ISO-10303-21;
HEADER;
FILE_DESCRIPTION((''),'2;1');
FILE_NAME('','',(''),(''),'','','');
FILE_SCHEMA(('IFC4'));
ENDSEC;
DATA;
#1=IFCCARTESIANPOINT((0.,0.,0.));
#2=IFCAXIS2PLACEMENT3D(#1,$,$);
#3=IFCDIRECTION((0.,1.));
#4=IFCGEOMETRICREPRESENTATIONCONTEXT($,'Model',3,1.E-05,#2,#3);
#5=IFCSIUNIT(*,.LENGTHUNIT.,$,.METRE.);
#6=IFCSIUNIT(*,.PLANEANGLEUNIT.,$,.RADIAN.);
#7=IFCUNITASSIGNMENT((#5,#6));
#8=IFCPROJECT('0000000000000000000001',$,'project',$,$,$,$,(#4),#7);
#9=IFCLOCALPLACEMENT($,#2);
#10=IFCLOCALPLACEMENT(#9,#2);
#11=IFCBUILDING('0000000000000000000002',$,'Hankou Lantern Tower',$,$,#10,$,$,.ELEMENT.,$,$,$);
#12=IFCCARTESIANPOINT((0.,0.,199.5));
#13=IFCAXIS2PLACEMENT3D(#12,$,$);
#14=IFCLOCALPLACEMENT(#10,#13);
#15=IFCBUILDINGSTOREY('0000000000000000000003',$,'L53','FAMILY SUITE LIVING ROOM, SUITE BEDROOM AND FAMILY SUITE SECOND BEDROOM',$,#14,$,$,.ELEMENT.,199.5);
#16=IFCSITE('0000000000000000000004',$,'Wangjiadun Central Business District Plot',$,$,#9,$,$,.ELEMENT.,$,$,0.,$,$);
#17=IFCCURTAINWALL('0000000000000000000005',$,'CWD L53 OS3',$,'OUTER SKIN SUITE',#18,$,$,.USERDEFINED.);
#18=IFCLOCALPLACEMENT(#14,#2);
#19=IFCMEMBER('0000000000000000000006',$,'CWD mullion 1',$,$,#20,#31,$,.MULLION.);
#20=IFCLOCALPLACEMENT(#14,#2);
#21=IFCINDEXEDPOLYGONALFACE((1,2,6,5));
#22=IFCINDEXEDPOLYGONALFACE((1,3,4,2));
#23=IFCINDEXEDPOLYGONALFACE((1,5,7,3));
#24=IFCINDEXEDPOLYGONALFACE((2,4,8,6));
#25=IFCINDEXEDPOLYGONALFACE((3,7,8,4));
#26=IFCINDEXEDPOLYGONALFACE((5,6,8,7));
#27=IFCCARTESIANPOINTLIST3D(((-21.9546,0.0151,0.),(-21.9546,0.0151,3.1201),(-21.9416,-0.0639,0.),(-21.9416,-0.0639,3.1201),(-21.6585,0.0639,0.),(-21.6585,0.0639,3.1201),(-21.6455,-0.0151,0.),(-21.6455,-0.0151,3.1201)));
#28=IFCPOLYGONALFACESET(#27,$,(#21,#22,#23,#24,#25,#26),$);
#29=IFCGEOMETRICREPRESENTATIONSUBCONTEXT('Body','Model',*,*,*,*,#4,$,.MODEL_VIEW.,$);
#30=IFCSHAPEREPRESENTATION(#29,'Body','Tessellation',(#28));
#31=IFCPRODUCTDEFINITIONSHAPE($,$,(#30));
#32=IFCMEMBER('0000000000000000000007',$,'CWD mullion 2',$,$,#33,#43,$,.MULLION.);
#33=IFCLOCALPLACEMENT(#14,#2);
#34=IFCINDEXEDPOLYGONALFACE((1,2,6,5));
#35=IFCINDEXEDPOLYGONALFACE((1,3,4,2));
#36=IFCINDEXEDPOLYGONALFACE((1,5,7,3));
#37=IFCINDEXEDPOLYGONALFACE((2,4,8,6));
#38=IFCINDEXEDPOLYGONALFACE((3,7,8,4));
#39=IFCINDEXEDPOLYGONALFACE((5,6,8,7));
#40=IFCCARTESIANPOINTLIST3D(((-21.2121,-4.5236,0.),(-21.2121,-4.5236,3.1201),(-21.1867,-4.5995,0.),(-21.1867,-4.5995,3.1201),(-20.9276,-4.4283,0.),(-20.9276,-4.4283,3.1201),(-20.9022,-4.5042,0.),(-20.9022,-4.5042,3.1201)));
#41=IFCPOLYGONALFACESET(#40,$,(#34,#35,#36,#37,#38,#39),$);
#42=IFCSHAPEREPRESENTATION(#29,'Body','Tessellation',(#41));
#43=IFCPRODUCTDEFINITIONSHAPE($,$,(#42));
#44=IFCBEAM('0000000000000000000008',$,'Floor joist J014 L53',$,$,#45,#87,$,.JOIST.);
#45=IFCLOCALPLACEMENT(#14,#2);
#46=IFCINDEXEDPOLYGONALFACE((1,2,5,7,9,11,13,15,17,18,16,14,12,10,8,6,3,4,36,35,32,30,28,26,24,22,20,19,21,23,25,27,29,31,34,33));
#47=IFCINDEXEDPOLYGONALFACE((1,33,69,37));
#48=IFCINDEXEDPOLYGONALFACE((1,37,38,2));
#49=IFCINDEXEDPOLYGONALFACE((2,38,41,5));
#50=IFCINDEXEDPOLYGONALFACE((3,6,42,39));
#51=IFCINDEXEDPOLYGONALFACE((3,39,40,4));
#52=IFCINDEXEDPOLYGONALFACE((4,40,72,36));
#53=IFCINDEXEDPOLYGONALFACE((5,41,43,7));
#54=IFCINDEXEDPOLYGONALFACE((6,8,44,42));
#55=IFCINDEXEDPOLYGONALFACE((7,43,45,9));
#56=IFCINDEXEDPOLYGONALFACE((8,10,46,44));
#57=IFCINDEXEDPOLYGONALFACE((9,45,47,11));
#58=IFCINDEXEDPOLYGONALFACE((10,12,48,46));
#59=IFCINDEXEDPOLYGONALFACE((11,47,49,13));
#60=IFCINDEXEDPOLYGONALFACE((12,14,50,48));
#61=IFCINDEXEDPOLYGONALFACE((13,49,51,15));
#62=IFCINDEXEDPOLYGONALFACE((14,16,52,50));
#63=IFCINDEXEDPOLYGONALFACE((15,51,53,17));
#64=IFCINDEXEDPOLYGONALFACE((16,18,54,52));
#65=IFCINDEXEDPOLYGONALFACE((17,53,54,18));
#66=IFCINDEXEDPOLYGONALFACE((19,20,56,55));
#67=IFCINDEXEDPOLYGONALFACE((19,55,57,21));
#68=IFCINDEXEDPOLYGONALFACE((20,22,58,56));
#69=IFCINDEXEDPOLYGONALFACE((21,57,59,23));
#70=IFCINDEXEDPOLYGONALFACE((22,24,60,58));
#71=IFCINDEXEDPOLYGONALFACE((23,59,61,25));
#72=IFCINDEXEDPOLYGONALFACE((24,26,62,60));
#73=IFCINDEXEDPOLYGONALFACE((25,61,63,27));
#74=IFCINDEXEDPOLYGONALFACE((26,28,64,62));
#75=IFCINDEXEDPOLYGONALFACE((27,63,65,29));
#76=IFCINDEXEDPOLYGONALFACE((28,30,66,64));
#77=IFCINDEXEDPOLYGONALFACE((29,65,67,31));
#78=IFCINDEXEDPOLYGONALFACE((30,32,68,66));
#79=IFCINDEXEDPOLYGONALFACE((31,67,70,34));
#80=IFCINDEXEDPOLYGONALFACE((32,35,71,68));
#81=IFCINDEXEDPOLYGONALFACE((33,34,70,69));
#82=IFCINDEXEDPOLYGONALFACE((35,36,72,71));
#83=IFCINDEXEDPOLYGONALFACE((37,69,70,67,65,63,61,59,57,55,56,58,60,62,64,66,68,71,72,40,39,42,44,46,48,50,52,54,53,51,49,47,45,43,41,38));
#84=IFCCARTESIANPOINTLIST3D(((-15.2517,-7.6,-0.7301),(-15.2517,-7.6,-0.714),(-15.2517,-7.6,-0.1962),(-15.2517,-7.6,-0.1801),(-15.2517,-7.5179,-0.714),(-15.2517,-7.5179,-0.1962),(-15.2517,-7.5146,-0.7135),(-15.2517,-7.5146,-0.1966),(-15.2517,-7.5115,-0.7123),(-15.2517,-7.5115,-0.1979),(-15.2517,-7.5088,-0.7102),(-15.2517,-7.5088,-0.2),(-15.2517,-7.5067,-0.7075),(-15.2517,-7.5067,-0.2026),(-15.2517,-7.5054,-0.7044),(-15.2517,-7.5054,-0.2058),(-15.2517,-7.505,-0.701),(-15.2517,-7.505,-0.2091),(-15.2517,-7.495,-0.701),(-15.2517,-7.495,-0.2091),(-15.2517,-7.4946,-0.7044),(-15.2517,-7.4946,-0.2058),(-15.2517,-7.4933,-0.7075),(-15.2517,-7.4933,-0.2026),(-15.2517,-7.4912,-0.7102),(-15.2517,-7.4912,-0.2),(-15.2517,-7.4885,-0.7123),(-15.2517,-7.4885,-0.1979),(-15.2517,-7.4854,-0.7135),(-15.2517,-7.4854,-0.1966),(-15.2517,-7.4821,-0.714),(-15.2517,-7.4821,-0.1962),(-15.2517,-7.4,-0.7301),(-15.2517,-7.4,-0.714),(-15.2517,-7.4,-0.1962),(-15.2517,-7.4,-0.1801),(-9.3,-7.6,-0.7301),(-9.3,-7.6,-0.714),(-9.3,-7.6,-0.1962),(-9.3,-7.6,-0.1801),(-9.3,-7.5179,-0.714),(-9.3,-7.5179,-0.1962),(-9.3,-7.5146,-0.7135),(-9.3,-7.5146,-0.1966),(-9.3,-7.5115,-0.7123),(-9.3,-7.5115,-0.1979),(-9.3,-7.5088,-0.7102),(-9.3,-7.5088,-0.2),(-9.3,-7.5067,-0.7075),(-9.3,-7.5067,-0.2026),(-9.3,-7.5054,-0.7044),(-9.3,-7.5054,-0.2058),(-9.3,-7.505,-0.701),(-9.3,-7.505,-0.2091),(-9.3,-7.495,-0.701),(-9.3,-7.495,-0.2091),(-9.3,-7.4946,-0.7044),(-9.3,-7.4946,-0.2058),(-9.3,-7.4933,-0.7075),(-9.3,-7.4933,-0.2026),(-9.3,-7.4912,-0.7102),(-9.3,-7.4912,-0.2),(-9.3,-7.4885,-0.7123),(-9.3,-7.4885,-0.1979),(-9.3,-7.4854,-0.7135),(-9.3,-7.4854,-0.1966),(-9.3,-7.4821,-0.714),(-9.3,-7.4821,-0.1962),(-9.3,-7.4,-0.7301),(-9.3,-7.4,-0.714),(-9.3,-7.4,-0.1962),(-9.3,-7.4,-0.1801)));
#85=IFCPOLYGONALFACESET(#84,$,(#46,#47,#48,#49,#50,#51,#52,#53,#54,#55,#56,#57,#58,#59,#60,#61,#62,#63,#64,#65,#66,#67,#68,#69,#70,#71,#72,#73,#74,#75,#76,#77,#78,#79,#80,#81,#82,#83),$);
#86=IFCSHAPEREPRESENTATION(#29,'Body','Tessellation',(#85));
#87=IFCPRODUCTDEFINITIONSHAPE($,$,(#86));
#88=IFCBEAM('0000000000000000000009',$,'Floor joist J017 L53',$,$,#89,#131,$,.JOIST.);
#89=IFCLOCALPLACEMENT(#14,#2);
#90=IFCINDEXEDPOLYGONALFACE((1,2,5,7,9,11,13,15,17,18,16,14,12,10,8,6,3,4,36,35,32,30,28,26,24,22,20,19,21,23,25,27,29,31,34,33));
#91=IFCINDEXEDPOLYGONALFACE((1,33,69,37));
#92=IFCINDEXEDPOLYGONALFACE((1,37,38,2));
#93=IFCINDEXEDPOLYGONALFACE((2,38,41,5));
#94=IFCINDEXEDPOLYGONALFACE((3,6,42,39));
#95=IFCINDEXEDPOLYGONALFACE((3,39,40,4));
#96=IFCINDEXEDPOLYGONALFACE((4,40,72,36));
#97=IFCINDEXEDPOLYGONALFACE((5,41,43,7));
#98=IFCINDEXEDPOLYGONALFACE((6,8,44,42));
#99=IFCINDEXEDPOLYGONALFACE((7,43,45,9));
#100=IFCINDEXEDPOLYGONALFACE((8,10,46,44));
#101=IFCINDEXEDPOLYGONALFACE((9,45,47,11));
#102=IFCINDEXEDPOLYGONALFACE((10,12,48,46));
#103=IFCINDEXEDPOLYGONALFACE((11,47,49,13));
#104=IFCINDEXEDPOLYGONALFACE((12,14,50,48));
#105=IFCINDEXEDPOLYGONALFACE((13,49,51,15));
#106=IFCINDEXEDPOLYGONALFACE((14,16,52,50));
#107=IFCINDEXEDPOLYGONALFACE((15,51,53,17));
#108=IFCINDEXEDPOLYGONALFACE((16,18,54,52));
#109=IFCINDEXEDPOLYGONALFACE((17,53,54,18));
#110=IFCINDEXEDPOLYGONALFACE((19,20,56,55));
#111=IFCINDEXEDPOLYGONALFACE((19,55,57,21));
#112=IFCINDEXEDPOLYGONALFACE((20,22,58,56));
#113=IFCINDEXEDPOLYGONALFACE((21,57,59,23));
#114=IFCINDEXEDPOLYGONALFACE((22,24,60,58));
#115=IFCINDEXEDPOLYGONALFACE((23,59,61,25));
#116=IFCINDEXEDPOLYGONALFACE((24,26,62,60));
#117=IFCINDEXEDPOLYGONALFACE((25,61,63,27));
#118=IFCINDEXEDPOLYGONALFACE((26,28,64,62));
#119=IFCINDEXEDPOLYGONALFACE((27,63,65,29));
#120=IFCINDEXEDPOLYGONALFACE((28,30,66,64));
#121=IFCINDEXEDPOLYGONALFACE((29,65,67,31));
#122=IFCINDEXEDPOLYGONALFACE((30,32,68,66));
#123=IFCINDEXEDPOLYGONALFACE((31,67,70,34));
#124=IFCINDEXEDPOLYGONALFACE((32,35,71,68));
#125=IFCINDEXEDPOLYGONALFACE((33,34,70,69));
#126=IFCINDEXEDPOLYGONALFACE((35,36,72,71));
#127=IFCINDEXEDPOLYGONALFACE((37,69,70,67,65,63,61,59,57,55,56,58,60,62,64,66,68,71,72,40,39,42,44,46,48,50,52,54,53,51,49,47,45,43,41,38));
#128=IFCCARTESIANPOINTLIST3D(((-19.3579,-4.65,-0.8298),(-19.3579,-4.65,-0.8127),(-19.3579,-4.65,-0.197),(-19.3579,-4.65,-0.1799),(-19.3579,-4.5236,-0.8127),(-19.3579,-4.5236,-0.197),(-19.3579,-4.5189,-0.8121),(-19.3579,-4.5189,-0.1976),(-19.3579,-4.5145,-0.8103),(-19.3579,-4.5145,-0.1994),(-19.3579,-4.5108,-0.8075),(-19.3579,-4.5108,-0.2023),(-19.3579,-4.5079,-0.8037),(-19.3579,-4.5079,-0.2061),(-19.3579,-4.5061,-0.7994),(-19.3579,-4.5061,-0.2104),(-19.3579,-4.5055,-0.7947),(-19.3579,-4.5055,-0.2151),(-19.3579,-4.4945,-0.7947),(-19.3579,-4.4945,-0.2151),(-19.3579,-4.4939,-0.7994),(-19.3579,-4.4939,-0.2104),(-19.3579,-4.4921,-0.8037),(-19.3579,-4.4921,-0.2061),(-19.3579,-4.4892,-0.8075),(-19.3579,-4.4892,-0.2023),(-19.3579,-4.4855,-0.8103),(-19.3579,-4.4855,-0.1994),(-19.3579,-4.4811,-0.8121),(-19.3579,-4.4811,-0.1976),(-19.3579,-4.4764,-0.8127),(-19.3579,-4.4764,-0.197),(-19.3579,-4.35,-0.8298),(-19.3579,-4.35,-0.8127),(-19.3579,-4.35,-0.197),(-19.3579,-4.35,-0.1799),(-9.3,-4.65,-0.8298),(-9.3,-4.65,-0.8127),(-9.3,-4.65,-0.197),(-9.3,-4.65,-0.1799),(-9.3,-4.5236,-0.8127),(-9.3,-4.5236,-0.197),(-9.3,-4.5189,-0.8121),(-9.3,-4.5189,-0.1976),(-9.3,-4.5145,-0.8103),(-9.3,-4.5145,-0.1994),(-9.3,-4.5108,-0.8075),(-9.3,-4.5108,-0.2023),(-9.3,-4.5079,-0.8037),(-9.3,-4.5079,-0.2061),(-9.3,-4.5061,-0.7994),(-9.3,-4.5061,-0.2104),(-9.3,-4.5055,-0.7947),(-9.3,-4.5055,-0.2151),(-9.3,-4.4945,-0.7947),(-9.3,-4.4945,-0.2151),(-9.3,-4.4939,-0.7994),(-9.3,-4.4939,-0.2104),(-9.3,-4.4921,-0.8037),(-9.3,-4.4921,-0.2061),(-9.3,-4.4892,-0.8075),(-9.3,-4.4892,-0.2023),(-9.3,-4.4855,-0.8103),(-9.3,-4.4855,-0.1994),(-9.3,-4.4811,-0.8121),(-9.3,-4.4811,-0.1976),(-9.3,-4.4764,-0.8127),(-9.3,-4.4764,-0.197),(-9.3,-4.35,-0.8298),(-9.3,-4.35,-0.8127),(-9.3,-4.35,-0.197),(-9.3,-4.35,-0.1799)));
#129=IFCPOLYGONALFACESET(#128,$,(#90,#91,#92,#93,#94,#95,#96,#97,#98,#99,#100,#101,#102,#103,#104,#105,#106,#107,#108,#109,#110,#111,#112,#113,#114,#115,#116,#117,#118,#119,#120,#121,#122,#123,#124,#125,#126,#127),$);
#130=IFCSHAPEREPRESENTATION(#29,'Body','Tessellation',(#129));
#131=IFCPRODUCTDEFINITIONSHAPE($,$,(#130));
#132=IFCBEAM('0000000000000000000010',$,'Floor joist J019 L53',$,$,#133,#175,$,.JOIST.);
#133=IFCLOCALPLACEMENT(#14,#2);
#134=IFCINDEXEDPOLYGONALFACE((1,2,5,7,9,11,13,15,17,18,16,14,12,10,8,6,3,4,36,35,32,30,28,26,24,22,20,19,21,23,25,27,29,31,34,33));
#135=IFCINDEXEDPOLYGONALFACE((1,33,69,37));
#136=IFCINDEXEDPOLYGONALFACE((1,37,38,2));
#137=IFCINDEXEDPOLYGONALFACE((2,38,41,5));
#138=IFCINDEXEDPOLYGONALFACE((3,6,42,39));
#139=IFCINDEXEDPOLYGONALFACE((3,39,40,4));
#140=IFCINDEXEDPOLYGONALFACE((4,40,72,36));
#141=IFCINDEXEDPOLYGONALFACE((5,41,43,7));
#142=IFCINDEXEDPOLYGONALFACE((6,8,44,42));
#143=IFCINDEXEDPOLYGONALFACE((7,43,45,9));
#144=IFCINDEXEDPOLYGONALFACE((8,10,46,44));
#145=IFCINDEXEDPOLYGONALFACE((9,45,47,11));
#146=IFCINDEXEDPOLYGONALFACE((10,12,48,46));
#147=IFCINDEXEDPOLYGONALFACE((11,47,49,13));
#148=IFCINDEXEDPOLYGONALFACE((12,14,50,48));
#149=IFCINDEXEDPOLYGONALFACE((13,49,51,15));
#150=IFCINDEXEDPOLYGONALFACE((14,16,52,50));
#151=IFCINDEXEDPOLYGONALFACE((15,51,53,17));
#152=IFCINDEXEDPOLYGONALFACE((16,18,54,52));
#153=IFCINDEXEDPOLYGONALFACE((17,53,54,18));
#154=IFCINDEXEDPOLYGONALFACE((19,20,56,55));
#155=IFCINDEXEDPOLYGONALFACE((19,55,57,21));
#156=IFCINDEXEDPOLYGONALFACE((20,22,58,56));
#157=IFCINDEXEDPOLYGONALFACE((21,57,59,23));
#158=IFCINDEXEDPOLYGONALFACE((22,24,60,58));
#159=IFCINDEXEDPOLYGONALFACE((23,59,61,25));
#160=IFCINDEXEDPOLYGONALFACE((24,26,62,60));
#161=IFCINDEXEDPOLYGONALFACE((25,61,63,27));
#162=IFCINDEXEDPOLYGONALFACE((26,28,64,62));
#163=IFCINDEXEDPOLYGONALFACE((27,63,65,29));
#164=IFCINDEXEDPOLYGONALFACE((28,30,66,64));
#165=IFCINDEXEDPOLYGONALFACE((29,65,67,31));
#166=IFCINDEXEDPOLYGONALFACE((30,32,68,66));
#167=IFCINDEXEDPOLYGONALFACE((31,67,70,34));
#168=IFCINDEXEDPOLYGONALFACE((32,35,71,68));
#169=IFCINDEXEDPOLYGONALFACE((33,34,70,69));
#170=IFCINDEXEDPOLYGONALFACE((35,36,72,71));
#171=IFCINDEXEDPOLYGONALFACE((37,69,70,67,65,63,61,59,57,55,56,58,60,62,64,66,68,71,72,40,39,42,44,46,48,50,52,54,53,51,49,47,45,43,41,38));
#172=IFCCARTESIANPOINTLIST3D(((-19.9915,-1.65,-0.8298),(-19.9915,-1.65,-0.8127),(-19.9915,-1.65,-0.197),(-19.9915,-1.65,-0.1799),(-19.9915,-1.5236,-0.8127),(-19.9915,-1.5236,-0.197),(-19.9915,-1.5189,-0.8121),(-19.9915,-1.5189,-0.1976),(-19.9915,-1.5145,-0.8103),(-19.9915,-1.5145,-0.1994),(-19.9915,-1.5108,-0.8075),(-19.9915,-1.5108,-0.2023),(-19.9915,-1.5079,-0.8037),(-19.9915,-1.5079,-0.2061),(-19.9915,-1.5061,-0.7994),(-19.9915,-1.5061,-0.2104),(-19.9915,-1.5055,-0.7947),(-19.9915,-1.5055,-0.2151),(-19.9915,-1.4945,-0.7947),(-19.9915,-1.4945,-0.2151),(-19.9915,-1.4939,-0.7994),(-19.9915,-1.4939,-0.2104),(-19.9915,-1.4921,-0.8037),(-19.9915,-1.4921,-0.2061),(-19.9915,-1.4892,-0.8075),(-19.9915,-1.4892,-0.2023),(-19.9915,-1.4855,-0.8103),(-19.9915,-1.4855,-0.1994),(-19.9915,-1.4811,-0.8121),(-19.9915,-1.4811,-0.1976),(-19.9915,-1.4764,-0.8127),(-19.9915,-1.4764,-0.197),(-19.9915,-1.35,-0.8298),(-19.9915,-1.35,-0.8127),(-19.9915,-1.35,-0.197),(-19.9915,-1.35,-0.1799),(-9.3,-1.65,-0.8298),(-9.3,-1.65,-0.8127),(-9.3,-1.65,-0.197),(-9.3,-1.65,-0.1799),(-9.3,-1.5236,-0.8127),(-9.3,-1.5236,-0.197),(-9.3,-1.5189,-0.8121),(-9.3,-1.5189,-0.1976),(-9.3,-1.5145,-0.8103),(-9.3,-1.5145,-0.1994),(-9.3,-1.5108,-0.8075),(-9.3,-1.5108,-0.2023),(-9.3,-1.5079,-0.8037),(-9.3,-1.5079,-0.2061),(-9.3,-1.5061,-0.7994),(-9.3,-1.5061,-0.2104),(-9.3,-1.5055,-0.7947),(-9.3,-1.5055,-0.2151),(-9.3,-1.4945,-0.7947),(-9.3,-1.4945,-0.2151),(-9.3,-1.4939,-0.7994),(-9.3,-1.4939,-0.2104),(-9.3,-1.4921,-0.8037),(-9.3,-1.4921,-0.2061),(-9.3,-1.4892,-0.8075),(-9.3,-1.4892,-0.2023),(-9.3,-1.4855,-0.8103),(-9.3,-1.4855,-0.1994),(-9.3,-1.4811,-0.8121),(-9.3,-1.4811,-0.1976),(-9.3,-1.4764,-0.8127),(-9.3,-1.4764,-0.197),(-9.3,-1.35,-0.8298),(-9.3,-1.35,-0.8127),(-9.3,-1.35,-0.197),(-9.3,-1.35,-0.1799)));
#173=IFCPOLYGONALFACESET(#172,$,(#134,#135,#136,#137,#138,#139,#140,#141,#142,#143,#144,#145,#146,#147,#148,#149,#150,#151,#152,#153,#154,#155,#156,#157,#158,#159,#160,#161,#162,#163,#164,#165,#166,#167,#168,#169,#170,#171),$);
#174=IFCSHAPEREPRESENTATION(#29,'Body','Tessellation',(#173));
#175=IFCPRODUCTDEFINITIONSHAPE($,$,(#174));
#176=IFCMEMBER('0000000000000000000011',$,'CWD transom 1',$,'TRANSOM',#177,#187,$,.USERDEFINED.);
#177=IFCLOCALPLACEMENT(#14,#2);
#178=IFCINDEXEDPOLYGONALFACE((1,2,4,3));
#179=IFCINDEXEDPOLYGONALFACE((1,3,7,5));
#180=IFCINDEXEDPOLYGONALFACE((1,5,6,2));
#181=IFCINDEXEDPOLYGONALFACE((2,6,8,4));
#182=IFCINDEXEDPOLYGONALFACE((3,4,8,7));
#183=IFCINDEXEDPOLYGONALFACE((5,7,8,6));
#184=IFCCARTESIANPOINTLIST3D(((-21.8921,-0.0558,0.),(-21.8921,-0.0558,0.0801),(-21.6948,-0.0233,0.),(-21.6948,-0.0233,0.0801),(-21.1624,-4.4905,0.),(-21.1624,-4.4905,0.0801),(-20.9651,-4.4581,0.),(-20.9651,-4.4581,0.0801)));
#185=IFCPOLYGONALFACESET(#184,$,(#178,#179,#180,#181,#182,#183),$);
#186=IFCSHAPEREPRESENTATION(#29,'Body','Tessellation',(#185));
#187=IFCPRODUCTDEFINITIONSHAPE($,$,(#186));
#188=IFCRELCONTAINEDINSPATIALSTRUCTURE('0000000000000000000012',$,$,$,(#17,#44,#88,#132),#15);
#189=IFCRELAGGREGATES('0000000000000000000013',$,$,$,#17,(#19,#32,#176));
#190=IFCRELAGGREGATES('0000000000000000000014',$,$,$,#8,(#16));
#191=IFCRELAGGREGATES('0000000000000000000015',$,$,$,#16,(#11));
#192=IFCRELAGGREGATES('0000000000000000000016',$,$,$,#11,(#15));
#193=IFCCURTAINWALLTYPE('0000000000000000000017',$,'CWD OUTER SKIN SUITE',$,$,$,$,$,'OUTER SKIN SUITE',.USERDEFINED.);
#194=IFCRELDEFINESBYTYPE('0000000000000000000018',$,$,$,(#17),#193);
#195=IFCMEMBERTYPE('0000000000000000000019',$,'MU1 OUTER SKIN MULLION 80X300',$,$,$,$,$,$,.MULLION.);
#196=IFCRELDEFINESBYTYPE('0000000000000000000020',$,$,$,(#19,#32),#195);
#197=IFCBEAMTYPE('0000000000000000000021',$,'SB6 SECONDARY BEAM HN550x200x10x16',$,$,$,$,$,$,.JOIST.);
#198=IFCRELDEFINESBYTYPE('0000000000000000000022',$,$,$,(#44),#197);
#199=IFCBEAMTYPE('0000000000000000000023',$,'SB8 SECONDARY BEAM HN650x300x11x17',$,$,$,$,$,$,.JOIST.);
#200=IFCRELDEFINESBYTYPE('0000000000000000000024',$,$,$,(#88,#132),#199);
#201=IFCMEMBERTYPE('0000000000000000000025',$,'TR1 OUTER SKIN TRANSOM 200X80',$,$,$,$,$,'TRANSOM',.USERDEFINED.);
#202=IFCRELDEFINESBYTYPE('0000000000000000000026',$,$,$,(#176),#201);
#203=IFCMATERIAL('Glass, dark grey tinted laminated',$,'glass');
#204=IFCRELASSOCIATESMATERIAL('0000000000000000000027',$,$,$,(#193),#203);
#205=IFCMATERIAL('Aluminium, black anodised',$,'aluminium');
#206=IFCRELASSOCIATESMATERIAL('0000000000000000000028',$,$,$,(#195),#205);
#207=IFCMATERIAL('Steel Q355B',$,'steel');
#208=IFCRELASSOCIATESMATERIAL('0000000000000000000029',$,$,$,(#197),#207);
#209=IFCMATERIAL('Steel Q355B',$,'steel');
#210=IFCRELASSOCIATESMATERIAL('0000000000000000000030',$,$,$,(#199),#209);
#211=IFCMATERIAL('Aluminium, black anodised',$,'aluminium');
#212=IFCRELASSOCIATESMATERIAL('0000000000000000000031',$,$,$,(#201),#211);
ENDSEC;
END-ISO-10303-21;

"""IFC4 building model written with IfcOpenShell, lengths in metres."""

from ifc_helpers import new_model, si_unit, direction, frame, origin, origin_2d, place, context, subcontext, project, spatial, rectangle, i_section, extrude, material, material_profile, profile_set, type_object, element, aggregate, save


model = new_model("IFC4")

# Units and contexts
model_context = context("Model", 3, precision=1e-05, world=origin(), true_north=direction((0.0, 1.0)))
body_context = subcontext(model_context, "Body", "Model", "MODEL_VIEW")
ifc_project = project(units=[si_unit("LENGTHUNIT", "METRE"), si_unit("PLANEANGLEUNIT", "RADIAN")], contexts=[model_context])

# Site, building, storey
site_placement = place(None, origin())
site = spatial("IfcSite", under=ifc_project, at=site_placement, Name="Wangjiadun Central Business District Plot", CompositionType="ELEMENT", RefElevation=0.0)
building_placement = place(site_placement, origin())
building = spatial("IfcBuilding", under=site, at=building_placement, Name="Hankou Lantern Tower", CompositionType="ELEMENT")
storey_placement = place(building_placement, frame((0.0, 0.0, 199.5)))
storey = spatial("IfcBuildingStorey", under=building, at=storey_placement, Name="L53", Description="FAMILY SUITE LIVING ROOM, SUITE BEDROOM AND FAMILY SUITE SECOND BEDROOM", CompositionType="ELEMENT", Elevation=199.5)

# Curtain wall, members
ifc_material_1 = material(Name="Glass, dark grey tinted laminated", Category="glass")
curtain_wall_type = type_object("IfcCurtainWallType", Name="CWD OUTER SKIN SUITE", ElementType="OUTER SKIN SUITE", PredefinedType="USERDEFINED", material=ifc_material_1)
curtain_wall_placement = place(storey_placement, origin())
curtain_wall = element("IfcCurtainWall", 1, at=curtain_wall_placement, inside=storey, type_object=curtain_wall_type, Name="CWD L53 OS3", ObjectType="OUTER SKIN SUITE", PredefinedType="USERDEFINED")
ifc_material_2 = material(Name="Aluminium, black anodised", Category="aluminium")
ifc_material_profile_1 = material_profile(ifc_material_2, rectangle(XDim=0.0801, YDim=0.3, at=origin_2d()), Name="MU1 80X300")
ifc_profile_set_1 = profile_set([ifc_material_profile_1], Name="Aluminium, black anodised")
member_type_1 = type_object("IfcMemberType", Name="MU1 OUTER SKIN MULLION 80X300", PredefinedType="MULLION", material=ifc_profile_set_1)
member_1_placement = place(storey_placement, frame((-21.8, 0.0, 0.0), z_axis=(0.0, 0.0, 1.0), x_axis=(0.162382, -0.986728, 0.0)))
member_1 = element("IfcMember", 2, at=member_1_placement, type_object=member_type_1, Name="CWD mullion 1", PredefinedType="MULLION", context=body_context, shape_type="SweptSolid", body=[
    extrude(rectangle(XDim=0.0801, YDim=0.3, at=origin_2d()), origin(), (0.0, 0.0, 1.0), 3.1201),
])
member_2_placement = place(storey_placement, frame((-21.0571, -4.5139, 0.0), z_axis=(0.0, 0.0, 1.0), x_axis=(0.317596, -0.948226, 0.0)))
member_2 = element("IfcMember", 3, at=member_2_placement, type_object=member_type_1, Name="CWD mullion 2", PredefinedType="MULLION", context=body_context, shape_type="SweptSolid", body=[
    extrude(rectangle(XDim=0.0801, YDim=0.3, at=origin_2d()), origin(), (0.0, 0.0, 1.0), 3.1201),
])

# Beams
ifc_material_3 = material(Name="Steel Q355B", Category="steel")
ifc_material_profile_2 = material_profile(ifc_material_3, i_section(OverallWidth=0.2, OverallDepth=0.55, WebThickness=0.01, FlangeThickness=0.0161, FilletRadius=0.0129, at=origin_2d()), Name="HN550x200x10x16")
ifc_profile_set_2 = profile_set([ifc_material_profile_2], Name="Steel Q355B")
beam_type_1 = type_object("IfcBeamType", Name="SB6 SECONDARY BEAM HN550x200x10x16", PredefinedType="JOIST", material=ifc_profile_set_2)
beam_1_placement = place(storey_placement, frame((-15.2517, -7.5, -0.4551), z_axis=(1.0, 0.0, 0.0), x_axis=(0.0, 1.0, 0.0)))
element("IfcBeam", 4, at=beam_1_placement, inside=storey, type_object=beam_type_1, Name="Floor joist J014 L53", PredefinedType="JOIST", context=body_context, shape_type="SweptSolid", body=[
    extrude(i_section(OverallWidth=0.2, OverallDepth=0.55, WebThickness=0.01, FlangeThickness=0.0161, FilletRadius=0.0129, at=origin_2d()), origin(), (0.0, 0.0, 1.0), 5.9517),
])
ifc_material_4 = material(Name="Steel Q355B", Category="steel")
ifc_material_profile_3 = material_profile(ifc_material_4, i_section(OverallWidth=0.3, OverallDepth=0.6499, WebThickness=0.011, FlangeThickness=0.0171, FilletRadius=0.0181, at=origin_2d()), Name="HN650x300x11x17")
ifc_profile_set_3 = profile_set([ifc_material_profile_3], Name="Steel Q355B")
beam_type_2 = type_object("IfcBeamType", Name="SB8 SECONDARY BEAM HN650x300x11x17", PredefinedType="JOIST", material=ifc_profile_set_3)
beam_2_placement = place(storey_placement, frame((-19.3579, -4.5, -0.5049), z_axis=(1.0, 0.0, 0.0), x_axis=(0.0, 1.0, 0.0)))
element("IfcBeam", 5, at=beam_2_placement, inside=storey, type_object=beam_type_2, Name="Floor joist J017 L53", PredefinedType="JOIST", context=body_context, shape_type="SweptSolid", body=[
    extrude(i_section(OverallWidth=0.3, OverallDepth=0.6499, WebThickness=0.011, FlangeThickness=0.0171, FilletRadius=0.0181, at=origin_2d()), origin(), (0.0, 0.0, 1.0), 10.0579),
])
beam_3_placement = place(storey_placement, frame((-19.9915, -1.5, -0.5049), z_axis=(1.0, 0.0, 0.0), x_axis=(0.0, 1.0, 0.0)))
element("IfcBeam", 6, at=beam_3_placement, inside=storey, type_object=beam_type_2, Name="Floor joist J019 L53", PredefinedType="JOIST", context=body_context, shape_type="SweptSolid", body=[
    extrude(i_section(OverallWidth=0.3, OverallDepth=0.6499, WebThickness=0.011, FlangeThickness=0.0171, FilletRadius=0.0181, at=origin_2d()), origin(), (0.0, 0.0, 1.0), 10.6914),
])

# Member
ifc_material_5 = material(Name="Aluminium, black anodised", Category="aluminium")
ifc_material_profile_4 = material_profile(ifc_material_5, rectangle(XDim=0.2, YDim=0.0801, at=origin_2d()), Name="TR1 200X80")
ifc_profile_set_4 = profile_set([ifc_material_profile_4], Name="Aluminium, black anodised")
member_type_2 = type_object("IfcMemberType", Name="TR1 OUTER SKIN TRANSOM 200X80", ElementType="TRANSOM", PredefinedType="USERDEFINED", material=ifc_profile_set_4)
member_3_placement = place(storey_placement, frame((-21.7935, -0.0396, 0.04), z_axis=(0.162364, -0.986731, 0.0), x_axis=(0.986731, 0.162364, 0.0)))
member_3 = element("IfcMember", 7, at=member_3_placement, type_object=member_type_2, Name="CWD transom 1", ObjectType="TRANSOM", PredefinedType="USERDEFINED", context=body_context, shape_type="SweptSolid", body=[
    extrude(rectangle(XDim=0.2, YDim=0.0801, at=origin_2d()), origin(), (0.0, 0.0, 1.0), 4.4944),
])

aggregate(curtain_wall, [member_1, member_2, member_3])

save(model, "model.ifc")
